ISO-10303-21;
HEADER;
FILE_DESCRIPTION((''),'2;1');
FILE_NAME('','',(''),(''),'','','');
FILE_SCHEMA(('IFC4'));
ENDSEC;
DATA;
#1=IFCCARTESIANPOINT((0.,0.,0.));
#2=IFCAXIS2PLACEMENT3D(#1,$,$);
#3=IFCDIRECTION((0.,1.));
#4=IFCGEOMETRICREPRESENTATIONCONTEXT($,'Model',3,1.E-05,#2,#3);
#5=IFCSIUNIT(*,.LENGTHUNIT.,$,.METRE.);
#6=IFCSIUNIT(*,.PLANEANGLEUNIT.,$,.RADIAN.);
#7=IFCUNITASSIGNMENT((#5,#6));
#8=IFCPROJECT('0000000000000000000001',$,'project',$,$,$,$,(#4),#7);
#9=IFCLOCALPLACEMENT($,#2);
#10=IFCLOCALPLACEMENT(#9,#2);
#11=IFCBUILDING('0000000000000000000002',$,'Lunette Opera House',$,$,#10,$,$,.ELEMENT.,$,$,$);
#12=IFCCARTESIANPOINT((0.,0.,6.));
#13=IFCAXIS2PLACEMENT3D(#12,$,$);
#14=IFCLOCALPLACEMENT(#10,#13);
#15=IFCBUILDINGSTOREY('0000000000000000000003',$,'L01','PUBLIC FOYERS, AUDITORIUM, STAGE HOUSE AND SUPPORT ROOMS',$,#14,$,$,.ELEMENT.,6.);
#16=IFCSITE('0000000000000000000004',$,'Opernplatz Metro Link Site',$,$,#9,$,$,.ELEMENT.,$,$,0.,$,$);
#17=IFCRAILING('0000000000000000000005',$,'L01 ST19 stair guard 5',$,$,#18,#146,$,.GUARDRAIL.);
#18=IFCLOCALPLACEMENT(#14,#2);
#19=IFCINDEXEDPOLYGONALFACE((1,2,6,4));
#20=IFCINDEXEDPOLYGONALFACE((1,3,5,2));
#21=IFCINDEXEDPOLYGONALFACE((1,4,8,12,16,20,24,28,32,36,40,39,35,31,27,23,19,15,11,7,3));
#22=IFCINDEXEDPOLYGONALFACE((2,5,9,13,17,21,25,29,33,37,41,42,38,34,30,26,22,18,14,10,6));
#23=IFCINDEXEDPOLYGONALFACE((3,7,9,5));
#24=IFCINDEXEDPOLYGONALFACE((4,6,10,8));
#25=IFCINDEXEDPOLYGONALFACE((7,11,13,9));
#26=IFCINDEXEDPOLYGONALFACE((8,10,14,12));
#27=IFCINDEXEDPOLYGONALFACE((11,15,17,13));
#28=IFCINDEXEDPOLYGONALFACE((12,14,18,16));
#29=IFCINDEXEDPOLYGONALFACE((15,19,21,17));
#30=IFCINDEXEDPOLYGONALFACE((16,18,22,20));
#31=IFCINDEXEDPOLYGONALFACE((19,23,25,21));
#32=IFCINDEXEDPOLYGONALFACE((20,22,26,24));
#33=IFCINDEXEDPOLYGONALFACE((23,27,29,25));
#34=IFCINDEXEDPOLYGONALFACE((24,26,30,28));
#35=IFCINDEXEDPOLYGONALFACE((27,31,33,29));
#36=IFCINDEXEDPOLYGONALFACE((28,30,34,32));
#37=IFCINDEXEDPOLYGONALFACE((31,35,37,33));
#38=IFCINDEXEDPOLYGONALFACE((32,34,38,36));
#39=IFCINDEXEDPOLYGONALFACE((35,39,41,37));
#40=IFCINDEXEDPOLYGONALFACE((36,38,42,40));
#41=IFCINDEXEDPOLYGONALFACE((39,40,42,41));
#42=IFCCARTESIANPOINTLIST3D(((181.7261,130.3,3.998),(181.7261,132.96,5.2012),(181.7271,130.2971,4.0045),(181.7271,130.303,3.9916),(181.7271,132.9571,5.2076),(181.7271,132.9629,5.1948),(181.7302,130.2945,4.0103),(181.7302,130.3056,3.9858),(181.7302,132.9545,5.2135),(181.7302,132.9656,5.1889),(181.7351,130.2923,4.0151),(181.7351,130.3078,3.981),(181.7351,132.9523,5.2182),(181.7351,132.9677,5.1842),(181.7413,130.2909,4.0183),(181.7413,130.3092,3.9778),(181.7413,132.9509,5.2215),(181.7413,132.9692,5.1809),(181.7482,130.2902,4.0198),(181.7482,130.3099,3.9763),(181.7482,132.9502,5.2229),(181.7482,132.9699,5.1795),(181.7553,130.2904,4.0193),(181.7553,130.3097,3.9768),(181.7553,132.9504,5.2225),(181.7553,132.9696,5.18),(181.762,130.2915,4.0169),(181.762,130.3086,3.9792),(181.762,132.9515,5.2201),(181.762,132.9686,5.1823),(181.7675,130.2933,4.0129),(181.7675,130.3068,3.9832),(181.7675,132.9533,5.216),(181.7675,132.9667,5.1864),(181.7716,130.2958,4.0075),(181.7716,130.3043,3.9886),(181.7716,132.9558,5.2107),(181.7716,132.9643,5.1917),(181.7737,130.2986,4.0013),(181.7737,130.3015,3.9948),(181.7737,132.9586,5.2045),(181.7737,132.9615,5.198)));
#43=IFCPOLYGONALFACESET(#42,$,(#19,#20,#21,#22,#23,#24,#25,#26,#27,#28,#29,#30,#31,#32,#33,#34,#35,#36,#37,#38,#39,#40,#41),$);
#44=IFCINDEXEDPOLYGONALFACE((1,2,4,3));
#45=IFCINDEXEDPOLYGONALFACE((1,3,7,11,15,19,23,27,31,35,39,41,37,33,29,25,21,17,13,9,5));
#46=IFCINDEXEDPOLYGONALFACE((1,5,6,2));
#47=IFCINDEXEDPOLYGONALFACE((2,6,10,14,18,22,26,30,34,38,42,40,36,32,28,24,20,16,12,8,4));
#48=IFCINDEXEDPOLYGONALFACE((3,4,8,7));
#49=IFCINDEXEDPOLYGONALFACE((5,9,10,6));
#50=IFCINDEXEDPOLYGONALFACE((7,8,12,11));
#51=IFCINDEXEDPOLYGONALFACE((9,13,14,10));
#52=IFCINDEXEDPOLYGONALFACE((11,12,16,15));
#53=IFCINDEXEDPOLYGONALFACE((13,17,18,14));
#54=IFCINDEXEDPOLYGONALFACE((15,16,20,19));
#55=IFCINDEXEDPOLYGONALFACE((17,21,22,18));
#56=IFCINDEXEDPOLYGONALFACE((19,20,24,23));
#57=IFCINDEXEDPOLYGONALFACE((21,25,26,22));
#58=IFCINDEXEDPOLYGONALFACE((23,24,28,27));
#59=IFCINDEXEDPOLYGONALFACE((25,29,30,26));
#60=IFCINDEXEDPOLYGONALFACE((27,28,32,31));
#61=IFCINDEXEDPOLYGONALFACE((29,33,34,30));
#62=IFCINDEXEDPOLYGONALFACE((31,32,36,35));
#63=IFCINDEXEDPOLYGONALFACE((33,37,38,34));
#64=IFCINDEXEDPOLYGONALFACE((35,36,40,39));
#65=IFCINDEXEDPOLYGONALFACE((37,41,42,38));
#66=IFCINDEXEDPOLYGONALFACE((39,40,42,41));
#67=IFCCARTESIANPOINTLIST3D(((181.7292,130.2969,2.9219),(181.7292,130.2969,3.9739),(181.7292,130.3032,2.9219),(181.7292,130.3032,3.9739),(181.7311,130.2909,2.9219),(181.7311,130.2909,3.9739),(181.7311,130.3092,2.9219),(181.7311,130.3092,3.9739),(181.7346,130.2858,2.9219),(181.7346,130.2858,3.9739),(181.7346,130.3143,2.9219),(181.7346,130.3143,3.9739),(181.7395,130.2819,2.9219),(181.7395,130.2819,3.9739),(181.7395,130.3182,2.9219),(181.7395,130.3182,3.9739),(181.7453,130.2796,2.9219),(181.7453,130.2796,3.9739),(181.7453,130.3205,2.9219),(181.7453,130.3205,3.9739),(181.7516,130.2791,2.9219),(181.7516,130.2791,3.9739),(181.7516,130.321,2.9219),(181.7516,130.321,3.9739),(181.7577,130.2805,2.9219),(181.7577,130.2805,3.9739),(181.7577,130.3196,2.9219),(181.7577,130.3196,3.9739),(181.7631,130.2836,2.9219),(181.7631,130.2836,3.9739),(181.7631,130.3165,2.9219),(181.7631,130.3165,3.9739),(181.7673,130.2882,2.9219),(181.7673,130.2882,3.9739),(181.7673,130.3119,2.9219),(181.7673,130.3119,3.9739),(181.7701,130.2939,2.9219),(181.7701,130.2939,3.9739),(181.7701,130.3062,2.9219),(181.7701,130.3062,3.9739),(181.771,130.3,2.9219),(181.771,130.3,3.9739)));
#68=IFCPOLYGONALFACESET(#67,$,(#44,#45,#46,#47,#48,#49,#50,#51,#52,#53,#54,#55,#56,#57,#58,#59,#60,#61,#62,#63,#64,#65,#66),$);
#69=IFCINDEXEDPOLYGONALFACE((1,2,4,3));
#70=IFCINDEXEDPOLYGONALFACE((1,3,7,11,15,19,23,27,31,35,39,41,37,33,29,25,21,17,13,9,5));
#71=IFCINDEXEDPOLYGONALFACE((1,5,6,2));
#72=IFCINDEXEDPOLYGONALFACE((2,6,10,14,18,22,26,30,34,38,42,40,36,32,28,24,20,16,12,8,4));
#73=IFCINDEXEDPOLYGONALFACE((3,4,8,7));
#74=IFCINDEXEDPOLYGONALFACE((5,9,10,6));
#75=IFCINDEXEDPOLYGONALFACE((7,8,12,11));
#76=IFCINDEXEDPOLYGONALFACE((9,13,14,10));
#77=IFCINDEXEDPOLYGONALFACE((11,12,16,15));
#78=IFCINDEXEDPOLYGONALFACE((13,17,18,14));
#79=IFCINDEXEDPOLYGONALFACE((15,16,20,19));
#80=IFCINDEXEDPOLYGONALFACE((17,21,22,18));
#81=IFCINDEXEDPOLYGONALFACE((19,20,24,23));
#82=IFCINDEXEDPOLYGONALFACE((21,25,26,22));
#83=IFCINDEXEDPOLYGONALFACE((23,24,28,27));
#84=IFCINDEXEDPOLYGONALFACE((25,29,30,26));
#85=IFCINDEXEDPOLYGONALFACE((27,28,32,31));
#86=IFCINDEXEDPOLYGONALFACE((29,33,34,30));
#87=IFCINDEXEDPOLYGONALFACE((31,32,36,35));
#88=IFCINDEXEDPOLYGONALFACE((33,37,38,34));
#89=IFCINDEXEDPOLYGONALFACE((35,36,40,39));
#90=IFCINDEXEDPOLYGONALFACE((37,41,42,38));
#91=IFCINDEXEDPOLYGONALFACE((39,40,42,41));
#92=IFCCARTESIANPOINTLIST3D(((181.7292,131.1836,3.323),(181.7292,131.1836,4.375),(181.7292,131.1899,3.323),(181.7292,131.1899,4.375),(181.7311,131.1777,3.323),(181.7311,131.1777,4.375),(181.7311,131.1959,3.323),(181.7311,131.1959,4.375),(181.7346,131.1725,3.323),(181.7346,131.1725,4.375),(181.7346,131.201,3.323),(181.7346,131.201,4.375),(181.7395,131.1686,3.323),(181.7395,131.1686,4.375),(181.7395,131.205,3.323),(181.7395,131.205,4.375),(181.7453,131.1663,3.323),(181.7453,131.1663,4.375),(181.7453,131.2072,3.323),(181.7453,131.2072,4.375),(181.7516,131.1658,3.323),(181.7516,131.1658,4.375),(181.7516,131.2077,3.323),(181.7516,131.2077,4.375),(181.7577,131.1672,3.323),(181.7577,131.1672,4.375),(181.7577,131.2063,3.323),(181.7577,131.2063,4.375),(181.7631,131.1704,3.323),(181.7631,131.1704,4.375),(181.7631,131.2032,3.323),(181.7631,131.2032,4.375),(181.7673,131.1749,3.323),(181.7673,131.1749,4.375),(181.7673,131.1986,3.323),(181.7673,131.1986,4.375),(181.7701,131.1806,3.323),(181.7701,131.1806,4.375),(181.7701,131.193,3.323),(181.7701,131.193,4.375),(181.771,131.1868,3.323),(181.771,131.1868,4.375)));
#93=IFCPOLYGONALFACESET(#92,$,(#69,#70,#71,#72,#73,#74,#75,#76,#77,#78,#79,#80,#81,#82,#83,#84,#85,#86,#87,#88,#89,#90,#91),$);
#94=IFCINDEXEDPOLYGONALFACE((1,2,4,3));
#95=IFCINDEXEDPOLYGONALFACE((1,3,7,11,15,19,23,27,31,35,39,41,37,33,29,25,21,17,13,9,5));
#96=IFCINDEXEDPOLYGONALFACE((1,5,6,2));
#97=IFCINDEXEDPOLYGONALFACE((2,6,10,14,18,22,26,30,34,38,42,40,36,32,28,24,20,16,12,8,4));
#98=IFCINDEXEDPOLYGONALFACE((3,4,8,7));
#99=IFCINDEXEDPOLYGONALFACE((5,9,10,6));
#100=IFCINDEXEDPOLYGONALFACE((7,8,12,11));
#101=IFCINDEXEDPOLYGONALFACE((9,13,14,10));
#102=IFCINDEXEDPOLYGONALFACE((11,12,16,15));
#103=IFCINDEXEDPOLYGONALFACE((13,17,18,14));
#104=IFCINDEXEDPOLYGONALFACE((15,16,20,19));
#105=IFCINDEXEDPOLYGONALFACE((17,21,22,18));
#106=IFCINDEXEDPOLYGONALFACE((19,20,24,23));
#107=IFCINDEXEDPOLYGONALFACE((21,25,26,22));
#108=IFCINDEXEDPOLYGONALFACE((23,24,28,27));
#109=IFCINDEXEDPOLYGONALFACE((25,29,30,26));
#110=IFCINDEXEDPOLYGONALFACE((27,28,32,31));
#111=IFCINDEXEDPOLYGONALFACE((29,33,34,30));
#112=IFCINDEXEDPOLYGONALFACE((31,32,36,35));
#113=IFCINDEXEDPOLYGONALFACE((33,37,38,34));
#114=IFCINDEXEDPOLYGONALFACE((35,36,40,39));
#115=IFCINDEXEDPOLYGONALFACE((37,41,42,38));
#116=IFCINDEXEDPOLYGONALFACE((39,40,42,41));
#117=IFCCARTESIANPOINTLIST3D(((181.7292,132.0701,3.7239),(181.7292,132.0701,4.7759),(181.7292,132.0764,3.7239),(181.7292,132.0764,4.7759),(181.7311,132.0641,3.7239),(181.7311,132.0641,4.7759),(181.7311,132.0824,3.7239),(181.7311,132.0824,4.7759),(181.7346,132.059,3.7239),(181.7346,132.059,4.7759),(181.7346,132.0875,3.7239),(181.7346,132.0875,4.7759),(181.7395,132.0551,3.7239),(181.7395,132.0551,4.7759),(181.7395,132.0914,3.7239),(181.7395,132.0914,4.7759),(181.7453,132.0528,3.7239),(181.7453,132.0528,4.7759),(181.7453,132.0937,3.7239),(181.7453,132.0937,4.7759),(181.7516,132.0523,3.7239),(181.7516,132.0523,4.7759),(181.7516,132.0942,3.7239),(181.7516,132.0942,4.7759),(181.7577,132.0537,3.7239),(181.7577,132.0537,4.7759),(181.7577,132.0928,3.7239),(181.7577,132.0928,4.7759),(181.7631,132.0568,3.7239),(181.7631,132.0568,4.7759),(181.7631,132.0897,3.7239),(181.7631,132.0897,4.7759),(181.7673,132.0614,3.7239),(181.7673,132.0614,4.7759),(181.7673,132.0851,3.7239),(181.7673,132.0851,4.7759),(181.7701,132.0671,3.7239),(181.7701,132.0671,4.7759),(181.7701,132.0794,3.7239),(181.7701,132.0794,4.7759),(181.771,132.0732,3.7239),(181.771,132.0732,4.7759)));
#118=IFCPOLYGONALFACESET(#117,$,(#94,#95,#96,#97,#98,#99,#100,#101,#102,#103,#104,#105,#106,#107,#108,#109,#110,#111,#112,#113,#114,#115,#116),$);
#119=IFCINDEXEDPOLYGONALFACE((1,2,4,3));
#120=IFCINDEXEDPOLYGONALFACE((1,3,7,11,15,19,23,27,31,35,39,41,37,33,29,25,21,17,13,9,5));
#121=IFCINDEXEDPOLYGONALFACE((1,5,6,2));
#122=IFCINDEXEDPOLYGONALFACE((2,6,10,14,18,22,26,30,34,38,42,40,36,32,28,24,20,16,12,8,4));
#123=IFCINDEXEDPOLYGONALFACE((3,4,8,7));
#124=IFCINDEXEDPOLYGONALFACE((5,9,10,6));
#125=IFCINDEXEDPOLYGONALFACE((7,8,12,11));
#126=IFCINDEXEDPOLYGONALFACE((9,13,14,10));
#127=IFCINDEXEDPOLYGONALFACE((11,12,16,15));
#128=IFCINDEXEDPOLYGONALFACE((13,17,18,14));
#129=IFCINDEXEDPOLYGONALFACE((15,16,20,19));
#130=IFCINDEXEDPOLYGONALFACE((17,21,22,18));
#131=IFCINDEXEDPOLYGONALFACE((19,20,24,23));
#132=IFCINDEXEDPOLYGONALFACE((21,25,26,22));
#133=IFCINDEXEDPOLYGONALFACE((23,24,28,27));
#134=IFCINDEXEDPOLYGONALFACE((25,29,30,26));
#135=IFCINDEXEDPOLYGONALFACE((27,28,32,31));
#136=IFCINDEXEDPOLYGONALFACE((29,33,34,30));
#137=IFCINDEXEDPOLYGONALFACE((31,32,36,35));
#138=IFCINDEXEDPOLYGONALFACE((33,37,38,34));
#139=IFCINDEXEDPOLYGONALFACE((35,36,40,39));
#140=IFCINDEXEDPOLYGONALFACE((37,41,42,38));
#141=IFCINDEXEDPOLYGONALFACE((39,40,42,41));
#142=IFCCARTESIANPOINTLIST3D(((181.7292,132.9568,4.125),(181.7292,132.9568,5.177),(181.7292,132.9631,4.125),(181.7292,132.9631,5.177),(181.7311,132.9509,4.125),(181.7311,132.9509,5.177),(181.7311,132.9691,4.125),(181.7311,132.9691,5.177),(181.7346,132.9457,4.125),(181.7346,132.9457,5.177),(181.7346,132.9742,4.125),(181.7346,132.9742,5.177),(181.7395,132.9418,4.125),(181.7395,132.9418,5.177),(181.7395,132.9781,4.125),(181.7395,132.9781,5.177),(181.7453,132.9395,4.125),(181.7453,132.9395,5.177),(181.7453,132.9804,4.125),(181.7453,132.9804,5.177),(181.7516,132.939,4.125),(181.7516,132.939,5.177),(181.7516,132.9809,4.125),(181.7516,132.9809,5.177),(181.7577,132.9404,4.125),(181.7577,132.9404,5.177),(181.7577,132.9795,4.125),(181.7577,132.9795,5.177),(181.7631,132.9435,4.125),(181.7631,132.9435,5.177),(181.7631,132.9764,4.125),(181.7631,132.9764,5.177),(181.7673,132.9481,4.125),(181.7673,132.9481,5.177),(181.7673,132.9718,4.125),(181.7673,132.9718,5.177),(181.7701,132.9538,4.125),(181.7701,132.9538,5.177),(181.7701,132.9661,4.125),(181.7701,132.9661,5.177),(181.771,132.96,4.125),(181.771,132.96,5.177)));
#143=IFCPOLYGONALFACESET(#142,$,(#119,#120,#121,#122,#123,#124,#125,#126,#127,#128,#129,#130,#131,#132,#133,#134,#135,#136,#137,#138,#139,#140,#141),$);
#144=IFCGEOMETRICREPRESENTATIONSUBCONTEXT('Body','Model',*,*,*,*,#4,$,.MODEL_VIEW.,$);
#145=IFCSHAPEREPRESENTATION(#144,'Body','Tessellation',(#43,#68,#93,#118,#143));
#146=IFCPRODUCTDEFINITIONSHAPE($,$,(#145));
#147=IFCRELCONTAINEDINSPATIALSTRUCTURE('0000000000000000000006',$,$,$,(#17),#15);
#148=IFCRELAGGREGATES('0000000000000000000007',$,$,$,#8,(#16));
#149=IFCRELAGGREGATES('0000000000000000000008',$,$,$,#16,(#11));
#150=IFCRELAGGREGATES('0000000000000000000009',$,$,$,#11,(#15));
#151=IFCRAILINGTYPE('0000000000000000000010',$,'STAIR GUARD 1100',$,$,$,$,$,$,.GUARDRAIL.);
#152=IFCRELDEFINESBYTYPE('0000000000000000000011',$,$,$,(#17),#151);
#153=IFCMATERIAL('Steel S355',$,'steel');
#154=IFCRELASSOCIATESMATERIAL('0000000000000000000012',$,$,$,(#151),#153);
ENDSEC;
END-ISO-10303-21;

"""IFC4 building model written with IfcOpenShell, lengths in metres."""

from ifc_helpers import new_model, si_unit, direction, frame, origin, origin_2d, place, context, subcontext, project, spatial, circle, extrude, material, type_object, element, save


model = new_model("IFC4")

# Units and contexts
model_context = context("Model", 3, precision=1e-05, world=origin(), true_north=direction((0.0, 1.0)))
body_context = subcontext(model_context, "Body", "Model", "MODEL_VIEW")
ifc_project = project(units=[si_unit("LENGTHUNIT", "METRE"), si_unit("PLANEANGLEUNIT", "RADIAN")], contexts=[model_context])

# Site, building, storey
site_placement = place(None, origin())
site = spatial("IfcSite", under=ifc_project, at=site_placement, Name="Opernplatz Metro Link Site", CompositionType="ELEMENT", RefElevation=0.0)
building_placement = place(site_placement, origin())
building = spatial("IfcBuilding", under=site, at=building_placement, Name="Lunette Opera House", CompositionType="ELEMENT")
storey_placement = place(building_placement, frame((0.0, 0.0, 6.0)))
storey = spatial("IfcBuildingStorey", under=building, at=storey_placement, Name="L01", Description="PUBLIC FOYERS, AUDITORIUM, STAGE HOUSE AND SUPPORT ROOMS", CompositionType="ELEMENT", Elevation=6.0)

# Railing
ifc_material_1 = material(Name="Steel S355", Category="steel")
railing_type_1 = type_object("IfcRailingType", Name="STAIR GUARD 1100", PredefinedType="GUARDRAIL", material=ifc_material_1)
railing_1_placement = place(storey_placement, frame((181.75, 130.3, 2.9219)))
element("IfcRailing", 1, at=railing_1_placement, inside=storey, type_object=railing_type_1, Name="L01 ST19 stair guard 5", PredefinedType="GUARDRAIL", context=body_context, shape_type="SweptSolid", body=[
    extrude(circle(Radius=0.0239, at=origin_2d()), frame((0.0, 0.0, 1.0762), z_axis=(0.0, 0.91113, 0.41212), x_axis=(-1.0, 0.0, 0.0)), (0.0, 0.0, 1.0), 2.9194),
    extrude(circle(Radius=0.021, at=origin_2d()), origin(), (0.0, 0.0, 1.0), 1.052),
    extrude(circle(Radius=0.021, at=origin_2d()), frame((0.0, 0.8867, 0.4011)), (0.0, 0.0, 1.0), 1.052),
    extrude(circle(Radius=0.021, at=origin_2d()), frame((0.0, 1.7732, 0.802)), (0.0, 0.0, 1.0), 1.052),
    extrude(circle(Radius=0.021, at=origin_2d()), frame((0.0, 2.6599, 1.2031)), (0.0, 0.0, 1.0), 1.052),
])

save(model, "model.ifc")
